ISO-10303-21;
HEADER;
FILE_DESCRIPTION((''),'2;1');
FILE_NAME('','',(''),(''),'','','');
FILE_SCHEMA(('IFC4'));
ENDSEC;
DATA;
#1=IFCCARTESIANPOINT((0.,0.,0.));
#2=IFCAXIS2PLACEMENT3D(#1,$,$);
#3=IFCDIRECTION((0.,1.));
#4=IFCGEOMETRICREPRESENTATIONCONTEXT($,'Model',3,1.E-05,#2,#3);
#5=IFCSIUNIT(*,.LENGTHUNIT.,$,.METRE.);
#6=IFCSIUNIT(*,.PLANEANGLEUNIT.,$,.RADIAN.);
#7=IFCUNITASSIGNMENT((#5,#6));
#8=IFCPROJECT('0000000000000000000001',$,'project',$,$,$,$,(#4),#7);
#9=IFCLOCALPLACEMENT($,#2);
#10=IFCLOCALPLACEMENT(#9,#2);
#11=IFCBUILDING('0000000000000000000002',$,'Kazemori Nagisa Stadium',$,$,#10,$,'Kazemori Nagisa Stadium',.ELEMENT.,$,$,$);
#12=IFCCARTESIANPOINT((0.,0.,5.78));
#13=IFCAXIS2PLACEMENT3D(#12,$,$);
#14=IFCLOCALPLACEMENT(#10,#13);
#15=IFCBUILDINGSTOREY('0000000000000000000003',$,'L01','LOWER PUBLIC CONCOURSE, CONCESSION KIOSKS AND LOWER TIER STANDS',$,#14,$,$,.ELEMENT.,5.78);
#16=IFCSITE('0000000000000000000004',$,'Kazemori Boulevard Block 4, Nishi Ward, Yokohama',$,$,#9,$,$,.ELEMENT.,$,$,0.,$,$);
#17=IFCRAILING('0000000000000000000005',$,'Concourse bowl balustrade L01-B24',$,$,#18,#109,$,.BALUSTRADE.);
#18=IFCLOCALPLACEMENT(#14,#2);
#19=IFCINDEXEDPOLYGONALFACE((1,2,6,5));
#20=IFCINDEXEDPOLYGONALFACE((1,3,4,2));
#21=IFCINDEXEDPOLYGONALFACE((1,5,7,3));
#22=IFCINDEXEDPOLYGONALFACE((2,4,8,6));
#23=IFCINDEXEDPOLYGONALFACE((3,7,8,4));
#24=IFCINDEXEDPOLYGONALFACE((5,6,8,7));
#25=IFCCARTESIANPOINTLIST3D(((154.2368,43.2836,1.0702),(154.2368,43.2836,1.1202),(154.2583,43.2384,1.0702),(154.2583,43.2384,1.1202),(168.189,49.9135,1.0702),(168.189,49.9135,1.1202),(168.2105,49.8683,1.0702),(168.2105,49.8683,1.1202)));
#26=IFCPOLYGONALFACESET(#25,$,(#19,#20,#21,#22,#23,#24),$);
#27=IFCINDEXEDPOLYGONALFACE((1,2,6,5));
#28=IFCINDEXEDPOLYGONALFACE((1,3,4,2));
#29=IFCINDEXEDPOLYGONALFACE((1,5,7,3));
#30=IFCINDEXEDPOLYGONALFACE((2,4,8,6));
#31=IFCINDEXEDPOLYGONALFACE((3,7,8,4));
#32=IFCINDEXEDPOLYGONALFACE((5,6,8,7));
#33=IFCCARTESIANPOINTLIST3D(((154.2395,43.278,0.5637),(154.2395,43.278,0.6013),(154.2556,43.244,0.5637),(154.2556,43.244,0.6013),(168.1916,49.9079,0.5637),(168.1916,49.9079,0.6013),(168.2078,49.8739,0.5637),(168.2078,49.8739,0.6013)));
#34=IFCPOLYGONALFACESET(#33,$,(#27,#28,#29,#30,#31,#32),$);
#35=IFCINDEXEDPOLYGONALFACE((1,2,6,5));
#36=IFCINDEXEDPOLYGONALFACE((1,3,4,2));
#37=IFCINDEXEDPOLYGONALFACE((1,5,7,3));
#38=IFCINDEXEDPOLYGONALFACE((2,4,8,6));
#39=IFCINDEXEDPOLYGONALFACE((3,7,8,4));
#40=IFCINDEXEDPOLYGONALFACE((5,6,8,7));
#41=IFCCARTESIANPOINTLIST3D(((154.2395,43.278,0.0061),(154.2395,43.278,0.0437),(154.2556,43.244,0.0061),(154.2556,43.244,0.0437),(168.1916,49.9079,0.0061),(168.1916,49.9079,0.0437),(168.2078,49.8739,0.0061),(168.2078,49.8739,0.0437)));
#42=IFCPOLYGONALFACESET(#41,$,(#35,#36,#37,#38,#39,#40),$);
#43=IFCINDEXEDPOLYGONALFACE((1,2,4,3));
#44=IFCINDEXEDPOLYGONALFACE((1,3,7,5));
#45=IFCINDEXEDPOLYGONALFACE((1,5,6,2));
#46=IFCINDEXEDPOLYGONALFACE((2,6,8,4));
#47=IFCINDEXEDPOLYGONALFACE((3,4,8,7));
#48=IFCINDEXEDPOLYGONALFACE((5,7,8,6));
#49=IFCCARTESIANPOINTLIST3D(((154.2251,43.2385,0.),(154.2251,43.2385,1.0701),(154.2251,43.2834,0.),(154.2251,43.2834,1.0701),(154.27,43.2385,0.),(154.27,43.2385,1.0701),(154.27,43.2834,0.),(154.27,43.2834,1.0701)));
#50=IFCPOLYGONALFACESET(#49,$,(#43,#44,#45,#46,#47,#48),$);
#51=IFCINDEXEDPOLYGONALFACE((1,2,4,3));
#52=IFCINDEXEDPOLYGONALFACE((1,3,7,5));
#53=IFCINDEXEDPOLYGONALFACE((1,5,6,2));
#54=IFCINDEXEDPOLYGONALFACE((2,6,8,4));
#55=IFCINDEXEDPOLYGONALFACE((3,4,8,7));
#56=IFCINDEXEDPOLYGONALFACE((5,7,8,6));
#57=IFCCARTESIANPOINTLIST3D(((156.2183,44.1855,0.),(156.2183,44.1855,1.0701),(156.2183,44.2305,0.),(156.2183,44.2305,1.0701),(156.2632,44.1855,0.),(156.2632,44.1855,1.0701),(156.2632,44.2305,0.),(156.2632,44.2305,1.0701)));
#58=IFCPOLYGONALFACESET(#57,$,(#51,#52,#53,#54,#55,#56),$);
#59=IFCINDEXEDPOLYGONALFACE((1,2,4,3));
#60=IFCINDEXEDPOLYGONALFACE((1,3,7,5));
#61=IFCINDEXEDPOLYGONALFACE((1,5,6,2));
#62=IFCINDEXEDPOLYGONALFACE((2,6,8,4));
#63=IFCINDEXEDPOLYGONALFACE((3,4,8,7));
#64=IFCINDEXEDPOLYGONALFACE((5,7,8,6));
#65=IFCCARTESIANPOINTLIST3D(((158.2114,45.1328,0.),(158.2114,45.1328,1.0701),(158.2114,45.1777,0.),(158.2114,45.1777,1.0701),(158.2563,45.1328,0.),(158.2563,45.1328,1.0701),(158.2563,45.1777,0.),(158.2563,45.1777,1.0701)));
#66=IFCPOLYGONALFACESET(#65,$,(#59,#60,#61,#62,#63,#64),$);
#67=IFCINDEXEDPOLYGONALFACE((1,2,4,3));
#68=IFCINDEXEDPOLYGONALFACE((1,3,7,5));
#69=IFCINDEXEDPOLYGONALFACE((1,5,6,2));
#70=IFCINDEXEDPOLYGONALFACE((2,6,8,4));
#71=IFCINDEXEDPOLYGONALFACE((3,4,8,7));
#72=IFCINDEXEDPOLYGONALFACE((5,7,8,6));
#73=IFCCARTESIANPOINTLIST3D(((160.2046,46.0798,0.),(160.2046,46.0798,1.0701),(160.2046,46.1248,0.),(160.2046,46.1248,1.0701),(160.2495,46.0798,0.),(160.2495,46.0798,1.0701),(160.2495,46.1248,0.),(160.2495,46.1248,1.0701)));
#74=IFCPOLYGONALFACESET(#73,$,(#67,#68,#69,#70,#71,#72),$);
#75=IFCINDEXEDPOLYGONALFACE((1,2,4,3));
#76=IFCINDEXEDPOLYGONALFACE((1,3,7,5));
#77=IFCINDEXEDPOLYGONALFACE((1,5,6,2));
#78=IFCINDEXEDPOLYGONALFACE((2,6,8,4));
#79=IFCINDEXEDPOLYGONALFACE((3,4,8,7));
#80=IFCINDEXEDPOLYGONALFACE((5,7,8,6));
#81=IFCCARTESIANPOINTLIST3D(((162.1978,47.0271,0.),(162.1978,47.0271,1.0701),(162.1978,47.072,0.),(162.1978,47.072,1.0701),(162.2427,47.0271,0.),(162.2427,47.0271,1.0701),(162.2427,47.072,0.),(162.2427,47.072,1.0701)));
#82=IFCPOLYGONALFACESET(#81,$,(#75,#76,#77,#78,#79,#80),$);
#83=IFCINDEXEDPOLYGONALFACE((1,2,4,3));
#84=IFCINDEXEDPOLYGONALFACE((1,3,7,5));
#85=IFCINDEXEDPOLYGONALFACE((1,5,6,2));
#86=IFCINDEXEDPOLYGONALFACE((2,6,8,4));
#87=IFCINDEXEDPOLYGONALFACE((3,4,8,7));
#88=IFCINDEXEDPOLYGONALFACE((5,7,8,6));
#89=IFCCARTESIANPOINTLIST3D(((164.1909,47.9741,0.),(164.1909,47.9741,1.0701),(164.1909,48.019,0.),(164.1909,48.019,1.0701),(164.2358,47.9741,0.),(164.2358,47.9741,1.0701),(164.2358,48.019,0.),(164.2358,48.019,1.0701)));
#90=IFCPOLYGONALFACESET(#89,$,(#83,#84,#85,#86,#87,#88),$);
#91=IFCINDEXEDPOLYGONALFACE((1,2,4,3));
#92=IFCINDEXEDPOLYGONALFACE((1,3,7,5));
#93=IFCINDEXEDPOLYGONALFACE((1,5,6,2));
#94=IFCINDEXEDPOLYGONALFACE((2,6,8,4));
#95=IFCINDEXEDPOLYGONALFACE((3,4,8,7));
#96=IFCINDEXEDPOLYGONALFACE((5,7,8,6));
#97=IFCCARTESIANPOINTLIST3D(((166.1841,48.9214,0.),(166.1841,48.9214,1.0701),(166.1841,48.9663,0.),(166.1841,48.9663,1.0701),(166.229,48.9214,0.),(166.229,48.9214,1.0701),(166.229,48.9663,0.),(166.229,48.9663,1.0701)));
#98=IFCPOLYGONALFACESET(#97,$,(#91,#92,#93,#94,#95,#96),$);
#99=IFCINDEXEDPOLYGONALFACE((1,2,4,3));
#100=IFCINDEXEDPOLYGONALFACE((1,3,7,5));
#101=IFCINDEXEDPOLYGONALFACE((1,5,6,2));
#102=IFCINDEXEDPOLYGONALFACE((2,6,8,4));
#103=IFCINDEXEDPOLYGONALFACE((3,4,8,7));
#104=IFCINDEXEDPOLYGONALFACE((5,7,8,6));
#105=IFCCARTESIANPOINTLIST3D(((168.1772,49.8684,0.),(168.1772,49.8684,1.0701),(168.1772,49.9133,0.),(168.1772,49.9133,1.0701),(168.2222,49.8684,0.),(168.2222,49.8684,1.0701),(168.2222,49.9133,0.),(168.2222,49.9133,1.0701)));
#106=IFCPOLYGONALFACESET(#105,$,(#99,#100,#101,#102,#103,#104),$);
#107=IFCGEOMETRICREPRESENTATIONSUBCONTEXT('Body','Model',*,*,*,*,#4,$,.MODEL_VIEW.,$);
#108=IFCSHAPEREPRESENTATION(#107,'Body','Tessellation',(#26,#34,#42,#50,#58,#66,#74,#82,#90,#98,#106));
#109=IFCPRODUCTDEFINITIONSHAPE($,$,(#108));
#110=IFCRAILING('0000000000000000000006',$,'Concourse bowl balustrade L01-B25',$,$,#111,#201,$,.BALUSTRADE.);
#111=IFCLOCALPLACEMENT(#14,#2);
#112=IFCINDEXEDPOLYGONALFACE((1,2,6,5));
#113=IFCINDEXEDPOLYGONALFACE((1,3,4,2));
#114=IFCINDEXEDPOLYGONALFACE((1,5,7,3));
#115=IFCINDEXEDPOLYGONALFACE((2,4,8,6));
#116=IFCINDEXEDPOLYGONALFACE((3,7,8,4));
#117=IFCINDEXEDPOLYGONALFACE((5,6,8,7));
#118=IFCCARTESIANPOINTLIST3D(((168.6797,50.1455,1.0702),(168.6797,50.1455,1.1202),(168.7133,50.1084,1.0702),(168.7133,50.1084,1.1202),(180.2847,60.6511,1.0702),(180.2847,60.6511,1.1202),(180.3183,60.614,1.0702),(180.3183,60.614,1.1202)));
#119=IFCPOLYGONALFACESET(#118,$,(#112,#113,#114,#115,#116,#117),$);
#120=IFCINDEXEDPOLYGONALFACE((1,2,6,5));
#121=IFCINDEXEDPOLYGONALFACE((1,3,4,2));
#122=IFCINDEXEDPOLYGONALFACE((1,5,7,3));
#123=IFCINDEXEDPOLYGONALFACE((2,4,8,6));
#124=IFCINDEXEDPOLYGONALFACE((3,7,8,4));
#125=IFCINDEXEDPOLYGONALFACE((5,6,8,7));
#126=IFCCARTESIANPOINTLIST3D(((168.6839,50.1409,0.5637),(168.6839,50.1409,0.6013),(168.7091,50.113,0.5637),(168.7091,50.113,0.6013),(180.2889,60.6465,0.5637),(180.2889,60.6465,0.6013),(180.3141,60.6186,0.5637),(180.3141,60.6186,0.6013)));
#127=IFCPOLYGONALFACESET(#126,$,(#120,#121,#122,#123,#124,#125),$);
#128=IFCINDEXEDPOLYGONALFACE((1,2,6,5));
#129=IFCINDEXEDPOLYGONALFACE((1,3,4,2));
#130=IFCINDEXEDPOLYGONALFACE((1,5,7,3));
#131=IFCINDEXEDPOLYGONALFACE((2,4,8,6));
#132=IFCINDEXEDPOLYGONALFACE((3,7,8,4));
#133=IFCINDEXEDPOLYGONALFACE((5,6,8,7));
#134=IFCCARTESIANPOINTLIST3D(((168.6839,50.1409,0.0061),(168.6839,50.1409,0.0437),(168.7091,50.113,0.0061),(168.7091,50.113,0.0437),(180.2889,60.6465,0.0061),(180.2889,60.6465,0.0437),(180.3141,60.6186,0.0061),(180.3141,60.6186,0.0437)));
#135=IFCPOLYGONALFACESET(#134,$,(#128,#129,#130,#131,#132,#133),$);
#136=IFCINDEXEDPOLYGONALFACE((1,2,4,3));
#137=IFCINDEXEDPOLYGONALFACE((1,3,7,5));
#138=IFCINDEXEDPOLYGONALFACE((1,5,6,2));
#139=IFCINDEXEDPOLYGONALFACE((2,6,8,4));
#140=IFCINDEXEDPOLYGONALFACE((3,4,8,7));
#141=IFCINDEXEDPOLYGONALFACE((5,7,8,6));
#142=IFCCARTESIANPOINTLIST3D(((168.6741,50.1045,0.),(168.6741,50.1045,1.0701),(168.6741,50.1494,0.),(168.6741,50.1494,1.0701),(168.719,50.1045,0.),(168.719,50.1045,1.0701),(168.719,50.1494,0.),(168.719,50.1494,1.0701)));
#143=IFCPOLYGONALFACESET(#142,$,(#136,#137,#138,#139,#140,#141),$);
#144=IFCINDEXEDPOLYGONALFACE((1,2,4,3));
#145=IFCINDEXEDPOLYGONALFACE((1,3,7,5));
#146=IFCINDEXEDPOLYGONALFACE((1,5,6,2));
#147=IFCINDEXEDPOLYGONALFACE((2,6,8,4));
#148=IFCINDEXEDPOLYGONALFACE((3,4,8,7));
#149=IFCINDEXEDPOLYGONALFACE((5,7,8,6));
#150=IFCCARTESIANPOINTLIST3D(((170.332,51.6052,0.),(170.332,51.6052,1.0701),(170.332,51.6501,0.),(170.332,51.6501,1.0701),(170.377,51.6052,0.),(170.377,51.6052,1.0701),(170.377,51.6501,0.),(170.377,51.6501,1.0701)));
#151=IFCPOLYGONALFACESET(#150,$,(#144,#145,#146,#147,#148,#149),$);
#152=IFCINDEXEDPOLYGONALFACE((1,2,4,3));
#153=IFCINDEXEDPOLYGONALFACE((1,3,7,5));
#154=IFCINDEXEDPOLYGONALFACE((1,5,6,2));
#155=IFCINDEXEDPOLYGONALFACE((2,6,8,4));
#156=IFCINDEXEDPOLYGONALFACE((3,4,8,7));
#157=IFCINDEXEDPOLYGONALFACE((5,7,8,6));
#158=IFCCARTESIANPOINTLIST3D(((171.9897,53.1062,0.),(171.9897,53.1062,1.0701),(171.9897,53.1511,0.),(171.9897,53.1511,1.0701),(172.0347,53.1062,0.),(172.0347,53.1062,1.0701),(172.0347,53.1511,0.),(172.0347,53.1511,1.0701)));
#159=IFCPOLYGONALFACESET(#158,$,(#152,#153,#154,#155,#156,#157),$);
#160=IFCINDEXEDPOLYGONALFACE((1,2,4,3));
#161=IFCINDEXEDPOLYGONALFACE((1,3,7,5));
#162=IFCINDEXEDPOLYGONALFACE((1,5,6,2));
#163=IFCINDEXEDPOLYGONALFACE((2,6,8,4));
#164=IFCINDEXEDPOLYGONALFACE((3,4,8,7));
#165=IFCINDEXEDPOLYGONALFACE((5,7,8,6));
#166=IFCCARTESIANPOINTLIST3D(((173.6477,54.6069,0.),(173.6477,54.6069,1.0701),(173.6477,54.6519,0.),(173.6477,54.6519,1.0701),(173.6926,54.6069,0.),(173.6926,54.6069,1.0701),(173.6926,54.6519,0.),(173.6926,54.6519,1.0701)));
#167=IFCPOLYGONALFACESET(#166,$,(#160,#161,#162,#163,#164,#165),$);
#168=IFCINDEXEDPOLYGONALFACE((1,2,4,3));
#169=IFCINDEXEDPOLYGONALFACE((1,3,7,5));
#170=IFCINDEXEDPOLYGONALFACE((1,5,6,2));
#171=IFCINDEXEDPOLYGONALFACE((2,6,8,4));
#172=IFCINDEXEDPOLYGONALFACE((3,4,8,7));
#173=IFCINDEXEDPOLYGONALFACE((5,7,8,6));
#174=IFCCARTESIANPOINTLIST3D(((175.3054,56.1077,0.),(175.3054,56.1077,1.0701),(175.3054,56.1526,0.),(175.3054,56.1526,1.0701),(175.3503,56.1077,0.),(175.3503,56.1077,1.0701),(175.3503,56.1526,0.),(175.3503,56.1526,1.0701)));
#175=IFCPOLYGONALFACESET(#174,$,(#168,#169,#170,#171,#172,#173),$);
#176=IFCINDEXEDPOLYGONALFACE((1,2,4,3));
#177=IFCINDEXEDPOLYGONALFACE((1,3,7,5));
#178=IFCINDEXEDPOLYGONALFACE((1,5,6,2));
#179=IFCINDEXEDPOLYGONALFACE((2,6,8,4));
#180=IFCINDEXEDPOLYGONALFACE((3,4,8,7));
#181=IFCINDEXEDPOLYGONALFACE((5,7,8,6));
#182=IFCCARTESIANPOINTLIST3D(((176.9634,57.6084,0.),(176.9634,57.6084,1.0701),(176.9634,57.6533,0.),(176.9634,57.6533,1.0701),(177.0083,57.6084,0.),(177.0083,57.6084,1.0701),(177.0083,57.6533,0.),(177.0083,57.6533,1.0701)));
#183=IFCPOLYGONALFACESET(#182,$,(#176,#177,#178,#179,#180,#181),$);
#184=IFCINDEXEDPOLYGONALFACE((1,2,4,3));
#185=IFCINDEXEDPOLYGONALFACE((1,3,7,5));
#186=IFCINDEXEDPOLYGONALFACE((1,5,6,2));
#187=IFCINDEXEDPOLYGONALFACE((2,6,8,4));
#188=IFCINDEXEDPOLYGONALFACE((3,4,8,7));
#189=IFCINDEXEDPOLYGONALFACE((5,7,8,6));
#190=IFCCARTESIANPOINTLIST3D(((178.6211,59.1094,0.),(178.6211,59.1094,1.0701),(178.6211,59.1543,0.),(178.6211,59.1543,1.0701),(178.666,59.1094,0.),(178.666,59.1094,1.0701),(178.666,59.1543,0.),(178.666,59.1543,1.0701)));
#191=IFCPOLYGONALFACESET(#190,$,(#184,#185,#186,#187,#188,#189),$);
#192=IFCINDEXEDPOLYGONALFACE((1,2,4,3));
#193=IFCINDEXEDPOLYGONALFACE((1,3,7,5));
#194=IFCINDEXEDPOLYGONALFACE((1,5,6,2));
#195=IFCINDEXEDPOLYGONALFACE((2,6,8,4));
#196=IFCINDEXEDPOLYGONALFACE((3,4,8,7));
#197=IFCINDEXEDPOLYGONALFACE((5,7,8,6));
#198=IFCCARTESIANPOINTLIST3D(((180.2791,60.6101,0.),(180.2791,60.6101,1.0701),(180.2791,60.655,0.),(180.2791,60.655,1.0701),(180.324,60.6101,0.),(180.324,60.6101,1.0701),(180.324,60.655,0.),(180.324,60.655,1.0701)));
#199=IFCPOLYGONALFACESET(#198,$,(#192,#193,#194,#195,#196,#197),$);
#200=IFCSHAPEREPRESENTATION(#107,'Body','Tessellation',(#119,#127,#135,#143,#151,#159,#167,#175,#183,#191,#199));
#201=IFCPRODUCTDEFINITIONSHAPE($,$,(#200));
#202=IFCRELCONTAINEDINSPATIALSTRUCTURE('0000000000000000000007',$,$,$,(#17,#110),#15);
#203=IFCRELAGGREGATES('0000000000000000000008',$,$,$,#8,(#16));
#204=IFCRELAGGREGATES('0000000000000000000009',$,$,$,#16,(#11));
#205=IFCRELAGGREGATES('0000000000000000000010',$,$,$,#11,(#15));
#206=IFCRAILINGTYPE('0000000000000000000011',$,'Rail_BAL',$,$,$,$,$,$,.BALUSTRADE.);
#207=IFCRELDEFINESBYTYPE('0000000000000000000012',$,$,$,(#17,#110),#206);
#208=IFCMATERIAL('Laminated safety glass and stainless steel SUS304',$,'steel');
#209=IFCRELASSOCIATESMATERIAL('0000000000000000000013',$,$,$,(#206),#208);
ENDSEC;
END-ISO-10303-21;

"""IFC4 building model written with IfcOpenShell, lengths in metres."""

from ifc_helpers import new_model, si_unit, direction, frame, origin, origin_2d, place, context, subcontext, project, spatial, rectangle, extrude, material, type_object, element, save


model = new_model("IFC4")

# Units and contexts
model_context = context("Model", 3, precision=1e-05, world=origin(), true_north=direction((0.0, 1.0)))
body_context = subcontext(model_context, "Body", "Model", "MODEL_VIEW")
ifc_project = project(units=[si_unit("LENGTHUNIT", "METRE"), si_unit("PLANEANGLEUNIT", "RADIAN")], contexts=[model_context])

# Site, building, storey
site_placement = place(None, origin())
site = spatial("IfcSite", under=ifc_project, at=site_placement, Name="Kazemori Boulevard Block 4, Nishi Ward, Yokohama", CompositionType="ELEMENT", RefElevation=0.0)
building_placement = place(site_placement, origin())
building = spatial("IfcBuilding", under=site, at=building_placement, Name="Kazemori Nagisa Stadium", LongName="Kazemori Nagisa Stadium", CompositionType="ELEMENT")
storey_placement = place(building_placement, frame((0.0, 0.0, 5.78)))
storey = spatial("IfcBuildingStorey", under=building, at=storey_placement, Name="L01", Description="LOWER PUBLIC CONCOURSE, CONCESSION KIOSKS AND LOWER TIER STANDS", CompositionType="ELEMENT", Elevation=5.78)

# Railings
ifc_material_1 = material(Name="Laminated safety glass and stainless steel SUS304", Category="steel")
railing_type_1 = type_object("IfcRailingType", Name="Rail_BAL", PredefinedType="BALUSTRADE", material=ifc_material_1)
railing_1_placement = place(storey_placement, frame((154.2476, 43.261, 0.0)))
element("IfcRailing", 1, at=railing_1_placement, inside=storey, type_object=railing_type_1, Name="Concourse bowl balustrade L01-B24", PredefinedType="BALUSTRADE", context=body_context, shape_type="SweptSolid", body=[
    extrude(rectangle(XDim=0.05, YDim=0.05, at=origin_2d()), frame((0.0, 0.0, 1.0952), z_axis=(0.903212, 0.429195, 0.0), x_axis=(-0.429195, 0.903212, 0.0)), (0.0, 0.0, 1.0), 15.4473),
    extrude(rectangle(XDim=0.0376, YDim=0.0376, at=origin_2d()), frame((0.0, 0.0, 0.5825), z_axis=(0.903212, 0.429195, 0.0), x_axis=(-0.429195, 0.903212, 0.0)), (0.0, 0.0, 1.0), 15.4473),
    extrude(rectangle(XDim=0.0376, YDim=0.0376, at=origin_2d()), frame((0.0, 0.0, 0.0249), z_axis=(0.903212, 0.429195, 0.0), x_axis=(-0.429195, 0.903212, 0.0)), (0.0, 0.0, 1.0), 15.4473),
    extrude(rectangle(XDim=0.0449, YDim=0.0449, at=origin_2d()), origin(), (0.0, 0.0, 1.0), 1.0701),
    extrude(rectangle(XDim=0.0449, YDim=0.0449, at=origin_2d()), frame((1.9932, 0.947, 0.0)), (0.0, 0.0, 1.0), 1.0701),
    extrude(rectangle(XDim=0.0449, YDim=0.0449, at=origin_2d()), frame((3.9863, 1.8943, 0.0)), (0.0, 0.0, 1.0), 1.0701),
    extrude(rectangle(XDim=0.0449, YDim=0.0449, at=origin_2d()), frame((5.9795, 2.8413, 0.0)), (0.0, 0.0, 1.0), 1.0701),
    extrude(rectangle(XDim=0.0449, YDim=0.0449, at=origin_2d()), frame((7.9727, 3.7886, 0.0)), (0.0, 0.0, 1.0), 1.0701),
    extrude(rectangle(XDim=0.0449, YDim=0.0449, at=origin_2d()), frame((9.9658, 4.7356, 0.0)), (0.0, 0.0, 1.0), 1.0701),
    extrude(rectangle(XDim=0.0449, YDim=0.0449, at=origin_2d()), frame((11.959, 5.6829, 0.0)), (0.0, 0.0, 1.0), 1.0701),
    extrude(rectangle(XDim=0.0449, YDim=0.0449, at=origin_2d()), frame((13.9521, 6.6299, 0.0)), (0.0, 0.0, 1.0), 1.0701),
])
railing_2_placement = place(storey_placement, frame((168.6965, 50.127, 0.0)))
element("IfcRailing", 2, at=railing_2_placement, inside=storey, type_object=railing_type_1, Name="Concourse bowl balustrade L01-B25", PredefinedType="BALUSTRADE", context=body_context, shape_type="SweptSolid", body=[
    extrude(rectangle(XDim=0.05, YDim=0.05, at=origin_2d()), frame((0.0, 0.0, 1.0952), z_axis=(0.741349, 0.67112, 0.0), x_axis=(-0.67112, 0.741349, 0.0)), (0.0, 0.0, 1.0), 15.6538),
    extrude(rectangle(XDim=0.0376, YDim=0.0376, at=origin_2d()), frame((0.0, 0.0, 0.5825), z_axis=(0.741349, 0.67112, 0.0), x_axis=(-0.67112, 0.741349, 0.0)), (0.0, 0.0, 1.0), 15.6538),
    extrude(rectangle(XDim=0.0376, YDim=0.0376, at=origin_2d()), frame((0.0, 0.0, 0.0249), z_axis=(0.741349, 0.67112, 0.0), x_axis=(-0.67112, 0.741349, 0.0)), (0.0, 0.0, 1.0), 15.6538),
    extrude(rectangle(XDim=0.0449, YDim=0.0449, at=origin_2d()), origin(), (0.0, 0.0, 1.0), 1.0701),
    extrude(rectangle(XDim=0.0449, YDim=0.0449, at=origin_2d()), frame((1.658, 1.5007, 0.0)), (0.0, 0.0, 1.0), 1.0701),
    extrude(rectangle(XDim=0.0449, YDim=0.0449, at=origin_2d()), frame((3.3157, 3.0017, 0.0)), (0.0, 0.0, 1.0), 1.0701),
    extrude(rectangle(XDim=0.0449, YDim=0.0449, at=origin_2d()), frame((4.9736, 4.5024, 0.0)), (0.0, 0.0, 1.0), 1.0701),
    extrude(rectangle(XDim=0.0449, YDim=0.0449, at=origin_2d()), frame((6.6313, 6.0032, 0.0)), (0.0, 0.0, 1.0), 1.0701),
    extrude(rectangle(XDim=0.0449, YDim=0.0449, at=origin_2d()), frame((8.2893, 7.5039, 0.0)), (0.0, 0.0, 1.0), 1.0701),
    extrude(rectangle(XDim=0.0449, YDim=0.0449, at=origin_2d()), frame((9.947, 9.0049, 0.0)), (0.0, 0.0, 1.0), 1.0701),
    extrude(rectangle(XDim=0.0449, YDim=0.0449, at=origin_2d()), frame((11.605, 10.5056, 0.0)), (0.0, 0.0, 1.0), 1.0701),
])

save(model, "model.ifc")
